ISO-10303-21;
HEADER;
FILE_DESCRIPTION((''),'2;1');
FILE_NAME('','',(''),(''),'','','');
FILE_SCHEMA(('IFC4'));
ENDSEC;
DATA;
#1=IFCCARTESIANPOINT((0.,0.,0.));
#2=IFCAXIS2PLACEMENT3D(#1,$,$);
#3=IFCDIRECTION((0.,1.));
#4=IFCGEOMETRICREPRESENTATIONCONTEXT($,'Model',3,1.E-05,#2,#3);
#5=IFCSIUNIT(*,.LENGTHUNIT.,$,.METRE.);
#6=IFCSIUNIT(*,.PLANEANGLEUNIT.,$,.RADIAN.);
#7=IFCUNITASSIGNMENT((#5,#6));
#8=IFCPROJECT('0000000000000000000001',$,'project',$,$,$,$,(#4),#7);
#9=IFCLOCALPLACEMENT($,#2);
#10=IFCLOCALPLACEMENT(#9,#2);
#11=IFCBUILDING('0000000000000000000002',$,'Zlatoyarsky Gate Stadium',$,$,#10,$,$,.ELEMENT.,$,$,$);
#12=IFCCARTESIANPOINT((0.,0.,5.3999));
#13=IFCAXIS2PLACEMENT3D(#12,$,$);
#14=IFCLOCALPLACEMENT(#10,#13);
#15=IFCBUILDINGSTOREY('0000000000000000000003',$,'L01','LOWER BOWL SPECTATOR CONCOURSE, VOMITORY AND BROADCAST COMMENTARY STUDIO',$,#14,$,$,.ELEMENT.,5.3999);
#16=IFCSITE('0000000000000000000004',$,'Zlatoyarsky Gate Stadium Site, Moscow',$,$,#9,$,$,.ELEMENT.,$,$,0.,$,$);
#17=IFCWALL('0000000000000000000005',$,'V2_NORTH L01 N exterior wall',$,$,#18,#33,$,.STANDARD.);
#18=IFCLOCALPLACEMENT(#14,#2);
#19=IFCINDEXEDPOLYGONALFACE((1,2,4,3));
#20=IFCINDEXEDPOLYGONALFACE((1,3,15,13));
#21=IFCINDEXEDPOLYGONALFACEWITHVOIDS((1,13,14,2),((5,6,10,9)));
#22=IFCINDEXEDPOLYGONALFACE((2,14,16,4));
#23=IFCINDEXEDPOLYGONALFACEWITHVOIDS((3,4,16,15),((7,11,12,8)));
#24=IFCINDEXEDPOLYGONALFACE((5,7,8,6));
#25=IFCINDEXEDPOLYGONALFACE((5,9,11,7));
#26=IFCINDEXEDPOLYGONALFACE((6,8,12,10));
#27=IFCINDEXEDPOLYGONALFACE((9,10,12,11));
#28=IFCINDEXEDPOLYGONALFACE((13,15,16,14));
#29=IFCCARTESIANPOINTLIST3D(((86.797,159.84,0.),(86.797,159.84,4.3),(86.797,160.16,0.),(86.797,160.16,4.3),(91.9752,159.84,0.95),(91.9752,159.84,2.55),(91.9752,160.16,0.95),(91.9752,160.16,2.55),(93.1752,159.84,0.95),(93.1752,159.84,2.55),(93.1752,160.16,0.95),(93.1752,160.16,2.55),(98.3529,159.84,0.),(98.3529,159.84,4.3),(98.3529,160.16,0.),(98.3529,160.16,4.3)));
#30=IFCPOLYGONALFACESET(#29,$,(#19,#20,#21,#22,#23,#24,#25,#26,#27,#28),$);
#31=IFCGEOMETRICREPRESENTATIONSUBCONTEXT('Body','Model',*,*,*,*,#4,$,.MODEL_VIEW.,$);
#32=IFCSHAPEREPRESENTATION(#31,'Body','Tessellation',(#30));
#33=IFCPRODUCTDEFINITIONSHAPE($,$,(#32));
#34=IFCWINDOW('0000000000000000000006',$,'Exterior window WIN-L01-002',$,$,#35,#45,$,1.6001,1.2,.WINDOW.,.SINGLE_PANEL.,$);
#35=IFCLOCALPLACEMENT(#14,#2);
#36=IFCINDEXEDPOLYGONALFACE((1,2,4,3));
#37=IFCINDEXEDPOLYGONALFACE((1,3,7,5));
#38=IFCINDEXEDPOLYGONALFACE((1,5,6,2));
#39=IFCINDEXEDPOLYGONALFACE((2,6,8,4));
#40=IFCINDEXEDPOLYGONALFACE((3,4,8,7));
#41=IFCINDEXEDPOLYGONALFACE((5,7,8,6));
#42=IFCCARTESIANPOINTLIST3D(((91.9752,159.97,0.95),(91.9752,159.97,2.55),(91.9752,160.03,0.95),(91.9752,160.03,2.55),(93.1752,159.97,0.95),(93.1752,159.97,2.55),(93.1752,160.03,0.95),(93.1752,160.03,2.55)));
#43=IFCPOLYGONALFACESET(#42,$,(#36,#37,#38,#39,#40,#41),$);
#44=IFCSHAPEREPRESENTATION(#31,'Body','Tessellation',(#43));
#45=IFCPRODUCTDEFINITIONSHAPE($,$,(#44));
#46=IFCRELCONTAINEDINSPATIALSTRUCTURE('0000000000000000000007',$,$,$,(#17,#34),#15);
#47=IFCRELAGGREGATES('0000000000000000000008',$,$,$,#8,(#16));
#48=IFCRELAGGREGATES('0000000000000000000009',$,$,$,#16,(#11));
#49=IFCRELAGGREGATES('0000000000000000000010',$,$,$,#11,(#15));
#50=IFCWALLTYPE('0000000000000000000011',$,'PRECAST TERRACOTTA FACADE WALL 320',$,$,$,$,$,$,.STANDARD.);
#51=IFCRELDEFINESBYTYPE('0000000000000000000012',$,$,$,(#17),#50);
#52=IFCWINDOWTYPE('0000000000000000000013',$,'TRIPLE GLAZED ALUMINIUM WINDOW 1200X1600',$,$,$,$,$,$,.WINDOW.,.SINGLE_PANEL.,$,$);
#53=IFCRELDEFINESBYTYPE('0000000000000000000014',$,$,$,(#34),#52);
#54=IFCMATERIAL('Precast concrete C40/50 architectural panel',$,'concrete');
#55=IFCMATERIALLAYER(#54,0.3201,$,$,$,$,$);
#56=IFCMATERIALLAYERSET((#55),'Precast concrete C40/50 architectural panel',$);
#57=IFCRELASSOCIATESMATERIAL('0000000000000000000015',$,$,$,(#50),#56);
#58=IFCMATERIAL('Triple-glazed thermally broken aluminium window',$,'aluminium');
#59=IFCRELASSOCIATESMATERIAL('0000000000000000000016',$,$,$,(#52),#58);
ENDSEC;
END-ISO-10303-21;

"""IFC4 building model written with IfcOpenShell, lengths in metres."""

from ifc_helpers import new_model, si_unit, direction, frame, frame_2d, origin, place, context, subcontext, project, spatial, rectangle, extrude, material, layer, layer_set, type_object, element, fill, save


model = new_model("IFC4")

# Units and contexts
model_context = context("Model", 3, precision=1e-05, world=origin(), true_north=direction((0.0, 1.0)))
body_context = subcontext(model_context, "Body", "Model", "MODEL_VIEW")
ifc_project = project(units=[si_unit("LENGTHUNIT", "METRE"), si_unit("PLANEANGLEUNIT", "RADIAN")], contexts=[model_context])

# Site, building, storey
site_placement = place(None, origin())
site = spatial("IfcSite", under=ifc_project, at=site_placement, Name="Zlatoyarsky Gate Stadium Site, Moscow", CompositionType="ELEMENT", RefElevation=0.0)
building_placement = place(site_placement, origin())
building = spatial("IfcBuilding", under=site, at=building_placement, Name="Zlatoyarsky Gate Stadium", CompositionType="ELEMENT")
storey_placement = place(building_placement, frame((0.0, 0.0, 5.3999)))
storey = spatial("IfcBuildingStorey", under=building, at=storey_placement, Name="L01", Description="LOWER BOWL SPECTATOR CONCOURSE, VOMITORY AND BROADCAST COMMENTARY STUDIO", CompositionType="ELEMENT", Elevation=5.3999)

# Wall, opening, window
ifc_material_1 = material(Name="Precast concrete C40/50 architectural panel", Category="concrete")
ifc_layer_1 = layer(ifc_material_1, 0.3201)
ifc_layer_set_1 = layer_set([ifc_layer_1], Name="Precast concrete C40/50 architectural panel")
wall_type_1 = type_object("IfcWallType", Name="PRECAST TERRACOTTA FACADE WALL 320", PredefinedType="STANDARD", material=ifc_layer_set_1)
wall_1_placement = place(storey_placement, frame((86.7971, 160.0, 0.0), z_axis=(0.0, 0.0, 1.0), x_axis=(1.0, 0.0, 0.0)))
wall_1 = element("IfcWall", 1, at=wall_1_placement, inside=storey, type_object=wall_type_1, Name="V2_NORTH L01 N exterior wall", PredefinedType="STANDARD", context=body_context, shape_type="SweptSolid", body=[
    extrude(rectangle(XDim=11.5559, YDim=0.3201, at=frame_2d((5.7778, 0.0))), origin(), (0.0, 0.0, 1.0), 4.3),
])
opening_1_placement = place(wall_1_placement, frame((5.178, 0.0, 0.95)))
opening_1 = element("IfcOpeningElement", 2, at=opening_1_placement, cuts=wall_1, PredefinedType="OPENING", context=body_context, shape_type="SweptSolid", body=[
    extrude(rectangle(XDim=1.2, YDim=1.6001, at=frame_2d((0.6001, 0.8))), frame((0.0, 0.1699, 0.0), z_axis=(0.0, -1.0, 0.0), x_axis=(1.0, 0.0, 0.0)), (0.0, 0.0, 1.0), 0.3401),
])
ifc_material_2 = material(Name="Triple-glazed thermally broken aluminium window", Category="aluminium")
window_type = type_object("IfcWindowType", Name="TRIPLE GLAZED ALUMINIUM WINDOW 1200X1600", PartitioningType="SINGLE_PANEL", PredefinedType="WINDOW", material=ifc_material_2)
window_placement = place(opening_1_placement, origin())
window = element("IfcWindow", 3, at=window_placement, inside=storey, type_object=window_type, Name="Exterior window WIN-L01-002", OverallHeight=1.6001, OverallWidth=1.2, PartitioningType="SINGLE_PANEL", PredefinedType="WINDOW", context=body_context, shape_type="SweptSolid", body=[
    extrude(rectangle(XDim=1.2, YDim=1.6001, at=frame_2d((0.6001, 0.8))), frame((0.0, 0.03, 0.0), z_axis=(0.0, -1.0, 0.0), x_axis=(1.0, 0.0, 0.0)), (0.0, 0.0, 1.0), 0.0601),
])
fill(opening_1, window)

save(model, "model.ifc")
